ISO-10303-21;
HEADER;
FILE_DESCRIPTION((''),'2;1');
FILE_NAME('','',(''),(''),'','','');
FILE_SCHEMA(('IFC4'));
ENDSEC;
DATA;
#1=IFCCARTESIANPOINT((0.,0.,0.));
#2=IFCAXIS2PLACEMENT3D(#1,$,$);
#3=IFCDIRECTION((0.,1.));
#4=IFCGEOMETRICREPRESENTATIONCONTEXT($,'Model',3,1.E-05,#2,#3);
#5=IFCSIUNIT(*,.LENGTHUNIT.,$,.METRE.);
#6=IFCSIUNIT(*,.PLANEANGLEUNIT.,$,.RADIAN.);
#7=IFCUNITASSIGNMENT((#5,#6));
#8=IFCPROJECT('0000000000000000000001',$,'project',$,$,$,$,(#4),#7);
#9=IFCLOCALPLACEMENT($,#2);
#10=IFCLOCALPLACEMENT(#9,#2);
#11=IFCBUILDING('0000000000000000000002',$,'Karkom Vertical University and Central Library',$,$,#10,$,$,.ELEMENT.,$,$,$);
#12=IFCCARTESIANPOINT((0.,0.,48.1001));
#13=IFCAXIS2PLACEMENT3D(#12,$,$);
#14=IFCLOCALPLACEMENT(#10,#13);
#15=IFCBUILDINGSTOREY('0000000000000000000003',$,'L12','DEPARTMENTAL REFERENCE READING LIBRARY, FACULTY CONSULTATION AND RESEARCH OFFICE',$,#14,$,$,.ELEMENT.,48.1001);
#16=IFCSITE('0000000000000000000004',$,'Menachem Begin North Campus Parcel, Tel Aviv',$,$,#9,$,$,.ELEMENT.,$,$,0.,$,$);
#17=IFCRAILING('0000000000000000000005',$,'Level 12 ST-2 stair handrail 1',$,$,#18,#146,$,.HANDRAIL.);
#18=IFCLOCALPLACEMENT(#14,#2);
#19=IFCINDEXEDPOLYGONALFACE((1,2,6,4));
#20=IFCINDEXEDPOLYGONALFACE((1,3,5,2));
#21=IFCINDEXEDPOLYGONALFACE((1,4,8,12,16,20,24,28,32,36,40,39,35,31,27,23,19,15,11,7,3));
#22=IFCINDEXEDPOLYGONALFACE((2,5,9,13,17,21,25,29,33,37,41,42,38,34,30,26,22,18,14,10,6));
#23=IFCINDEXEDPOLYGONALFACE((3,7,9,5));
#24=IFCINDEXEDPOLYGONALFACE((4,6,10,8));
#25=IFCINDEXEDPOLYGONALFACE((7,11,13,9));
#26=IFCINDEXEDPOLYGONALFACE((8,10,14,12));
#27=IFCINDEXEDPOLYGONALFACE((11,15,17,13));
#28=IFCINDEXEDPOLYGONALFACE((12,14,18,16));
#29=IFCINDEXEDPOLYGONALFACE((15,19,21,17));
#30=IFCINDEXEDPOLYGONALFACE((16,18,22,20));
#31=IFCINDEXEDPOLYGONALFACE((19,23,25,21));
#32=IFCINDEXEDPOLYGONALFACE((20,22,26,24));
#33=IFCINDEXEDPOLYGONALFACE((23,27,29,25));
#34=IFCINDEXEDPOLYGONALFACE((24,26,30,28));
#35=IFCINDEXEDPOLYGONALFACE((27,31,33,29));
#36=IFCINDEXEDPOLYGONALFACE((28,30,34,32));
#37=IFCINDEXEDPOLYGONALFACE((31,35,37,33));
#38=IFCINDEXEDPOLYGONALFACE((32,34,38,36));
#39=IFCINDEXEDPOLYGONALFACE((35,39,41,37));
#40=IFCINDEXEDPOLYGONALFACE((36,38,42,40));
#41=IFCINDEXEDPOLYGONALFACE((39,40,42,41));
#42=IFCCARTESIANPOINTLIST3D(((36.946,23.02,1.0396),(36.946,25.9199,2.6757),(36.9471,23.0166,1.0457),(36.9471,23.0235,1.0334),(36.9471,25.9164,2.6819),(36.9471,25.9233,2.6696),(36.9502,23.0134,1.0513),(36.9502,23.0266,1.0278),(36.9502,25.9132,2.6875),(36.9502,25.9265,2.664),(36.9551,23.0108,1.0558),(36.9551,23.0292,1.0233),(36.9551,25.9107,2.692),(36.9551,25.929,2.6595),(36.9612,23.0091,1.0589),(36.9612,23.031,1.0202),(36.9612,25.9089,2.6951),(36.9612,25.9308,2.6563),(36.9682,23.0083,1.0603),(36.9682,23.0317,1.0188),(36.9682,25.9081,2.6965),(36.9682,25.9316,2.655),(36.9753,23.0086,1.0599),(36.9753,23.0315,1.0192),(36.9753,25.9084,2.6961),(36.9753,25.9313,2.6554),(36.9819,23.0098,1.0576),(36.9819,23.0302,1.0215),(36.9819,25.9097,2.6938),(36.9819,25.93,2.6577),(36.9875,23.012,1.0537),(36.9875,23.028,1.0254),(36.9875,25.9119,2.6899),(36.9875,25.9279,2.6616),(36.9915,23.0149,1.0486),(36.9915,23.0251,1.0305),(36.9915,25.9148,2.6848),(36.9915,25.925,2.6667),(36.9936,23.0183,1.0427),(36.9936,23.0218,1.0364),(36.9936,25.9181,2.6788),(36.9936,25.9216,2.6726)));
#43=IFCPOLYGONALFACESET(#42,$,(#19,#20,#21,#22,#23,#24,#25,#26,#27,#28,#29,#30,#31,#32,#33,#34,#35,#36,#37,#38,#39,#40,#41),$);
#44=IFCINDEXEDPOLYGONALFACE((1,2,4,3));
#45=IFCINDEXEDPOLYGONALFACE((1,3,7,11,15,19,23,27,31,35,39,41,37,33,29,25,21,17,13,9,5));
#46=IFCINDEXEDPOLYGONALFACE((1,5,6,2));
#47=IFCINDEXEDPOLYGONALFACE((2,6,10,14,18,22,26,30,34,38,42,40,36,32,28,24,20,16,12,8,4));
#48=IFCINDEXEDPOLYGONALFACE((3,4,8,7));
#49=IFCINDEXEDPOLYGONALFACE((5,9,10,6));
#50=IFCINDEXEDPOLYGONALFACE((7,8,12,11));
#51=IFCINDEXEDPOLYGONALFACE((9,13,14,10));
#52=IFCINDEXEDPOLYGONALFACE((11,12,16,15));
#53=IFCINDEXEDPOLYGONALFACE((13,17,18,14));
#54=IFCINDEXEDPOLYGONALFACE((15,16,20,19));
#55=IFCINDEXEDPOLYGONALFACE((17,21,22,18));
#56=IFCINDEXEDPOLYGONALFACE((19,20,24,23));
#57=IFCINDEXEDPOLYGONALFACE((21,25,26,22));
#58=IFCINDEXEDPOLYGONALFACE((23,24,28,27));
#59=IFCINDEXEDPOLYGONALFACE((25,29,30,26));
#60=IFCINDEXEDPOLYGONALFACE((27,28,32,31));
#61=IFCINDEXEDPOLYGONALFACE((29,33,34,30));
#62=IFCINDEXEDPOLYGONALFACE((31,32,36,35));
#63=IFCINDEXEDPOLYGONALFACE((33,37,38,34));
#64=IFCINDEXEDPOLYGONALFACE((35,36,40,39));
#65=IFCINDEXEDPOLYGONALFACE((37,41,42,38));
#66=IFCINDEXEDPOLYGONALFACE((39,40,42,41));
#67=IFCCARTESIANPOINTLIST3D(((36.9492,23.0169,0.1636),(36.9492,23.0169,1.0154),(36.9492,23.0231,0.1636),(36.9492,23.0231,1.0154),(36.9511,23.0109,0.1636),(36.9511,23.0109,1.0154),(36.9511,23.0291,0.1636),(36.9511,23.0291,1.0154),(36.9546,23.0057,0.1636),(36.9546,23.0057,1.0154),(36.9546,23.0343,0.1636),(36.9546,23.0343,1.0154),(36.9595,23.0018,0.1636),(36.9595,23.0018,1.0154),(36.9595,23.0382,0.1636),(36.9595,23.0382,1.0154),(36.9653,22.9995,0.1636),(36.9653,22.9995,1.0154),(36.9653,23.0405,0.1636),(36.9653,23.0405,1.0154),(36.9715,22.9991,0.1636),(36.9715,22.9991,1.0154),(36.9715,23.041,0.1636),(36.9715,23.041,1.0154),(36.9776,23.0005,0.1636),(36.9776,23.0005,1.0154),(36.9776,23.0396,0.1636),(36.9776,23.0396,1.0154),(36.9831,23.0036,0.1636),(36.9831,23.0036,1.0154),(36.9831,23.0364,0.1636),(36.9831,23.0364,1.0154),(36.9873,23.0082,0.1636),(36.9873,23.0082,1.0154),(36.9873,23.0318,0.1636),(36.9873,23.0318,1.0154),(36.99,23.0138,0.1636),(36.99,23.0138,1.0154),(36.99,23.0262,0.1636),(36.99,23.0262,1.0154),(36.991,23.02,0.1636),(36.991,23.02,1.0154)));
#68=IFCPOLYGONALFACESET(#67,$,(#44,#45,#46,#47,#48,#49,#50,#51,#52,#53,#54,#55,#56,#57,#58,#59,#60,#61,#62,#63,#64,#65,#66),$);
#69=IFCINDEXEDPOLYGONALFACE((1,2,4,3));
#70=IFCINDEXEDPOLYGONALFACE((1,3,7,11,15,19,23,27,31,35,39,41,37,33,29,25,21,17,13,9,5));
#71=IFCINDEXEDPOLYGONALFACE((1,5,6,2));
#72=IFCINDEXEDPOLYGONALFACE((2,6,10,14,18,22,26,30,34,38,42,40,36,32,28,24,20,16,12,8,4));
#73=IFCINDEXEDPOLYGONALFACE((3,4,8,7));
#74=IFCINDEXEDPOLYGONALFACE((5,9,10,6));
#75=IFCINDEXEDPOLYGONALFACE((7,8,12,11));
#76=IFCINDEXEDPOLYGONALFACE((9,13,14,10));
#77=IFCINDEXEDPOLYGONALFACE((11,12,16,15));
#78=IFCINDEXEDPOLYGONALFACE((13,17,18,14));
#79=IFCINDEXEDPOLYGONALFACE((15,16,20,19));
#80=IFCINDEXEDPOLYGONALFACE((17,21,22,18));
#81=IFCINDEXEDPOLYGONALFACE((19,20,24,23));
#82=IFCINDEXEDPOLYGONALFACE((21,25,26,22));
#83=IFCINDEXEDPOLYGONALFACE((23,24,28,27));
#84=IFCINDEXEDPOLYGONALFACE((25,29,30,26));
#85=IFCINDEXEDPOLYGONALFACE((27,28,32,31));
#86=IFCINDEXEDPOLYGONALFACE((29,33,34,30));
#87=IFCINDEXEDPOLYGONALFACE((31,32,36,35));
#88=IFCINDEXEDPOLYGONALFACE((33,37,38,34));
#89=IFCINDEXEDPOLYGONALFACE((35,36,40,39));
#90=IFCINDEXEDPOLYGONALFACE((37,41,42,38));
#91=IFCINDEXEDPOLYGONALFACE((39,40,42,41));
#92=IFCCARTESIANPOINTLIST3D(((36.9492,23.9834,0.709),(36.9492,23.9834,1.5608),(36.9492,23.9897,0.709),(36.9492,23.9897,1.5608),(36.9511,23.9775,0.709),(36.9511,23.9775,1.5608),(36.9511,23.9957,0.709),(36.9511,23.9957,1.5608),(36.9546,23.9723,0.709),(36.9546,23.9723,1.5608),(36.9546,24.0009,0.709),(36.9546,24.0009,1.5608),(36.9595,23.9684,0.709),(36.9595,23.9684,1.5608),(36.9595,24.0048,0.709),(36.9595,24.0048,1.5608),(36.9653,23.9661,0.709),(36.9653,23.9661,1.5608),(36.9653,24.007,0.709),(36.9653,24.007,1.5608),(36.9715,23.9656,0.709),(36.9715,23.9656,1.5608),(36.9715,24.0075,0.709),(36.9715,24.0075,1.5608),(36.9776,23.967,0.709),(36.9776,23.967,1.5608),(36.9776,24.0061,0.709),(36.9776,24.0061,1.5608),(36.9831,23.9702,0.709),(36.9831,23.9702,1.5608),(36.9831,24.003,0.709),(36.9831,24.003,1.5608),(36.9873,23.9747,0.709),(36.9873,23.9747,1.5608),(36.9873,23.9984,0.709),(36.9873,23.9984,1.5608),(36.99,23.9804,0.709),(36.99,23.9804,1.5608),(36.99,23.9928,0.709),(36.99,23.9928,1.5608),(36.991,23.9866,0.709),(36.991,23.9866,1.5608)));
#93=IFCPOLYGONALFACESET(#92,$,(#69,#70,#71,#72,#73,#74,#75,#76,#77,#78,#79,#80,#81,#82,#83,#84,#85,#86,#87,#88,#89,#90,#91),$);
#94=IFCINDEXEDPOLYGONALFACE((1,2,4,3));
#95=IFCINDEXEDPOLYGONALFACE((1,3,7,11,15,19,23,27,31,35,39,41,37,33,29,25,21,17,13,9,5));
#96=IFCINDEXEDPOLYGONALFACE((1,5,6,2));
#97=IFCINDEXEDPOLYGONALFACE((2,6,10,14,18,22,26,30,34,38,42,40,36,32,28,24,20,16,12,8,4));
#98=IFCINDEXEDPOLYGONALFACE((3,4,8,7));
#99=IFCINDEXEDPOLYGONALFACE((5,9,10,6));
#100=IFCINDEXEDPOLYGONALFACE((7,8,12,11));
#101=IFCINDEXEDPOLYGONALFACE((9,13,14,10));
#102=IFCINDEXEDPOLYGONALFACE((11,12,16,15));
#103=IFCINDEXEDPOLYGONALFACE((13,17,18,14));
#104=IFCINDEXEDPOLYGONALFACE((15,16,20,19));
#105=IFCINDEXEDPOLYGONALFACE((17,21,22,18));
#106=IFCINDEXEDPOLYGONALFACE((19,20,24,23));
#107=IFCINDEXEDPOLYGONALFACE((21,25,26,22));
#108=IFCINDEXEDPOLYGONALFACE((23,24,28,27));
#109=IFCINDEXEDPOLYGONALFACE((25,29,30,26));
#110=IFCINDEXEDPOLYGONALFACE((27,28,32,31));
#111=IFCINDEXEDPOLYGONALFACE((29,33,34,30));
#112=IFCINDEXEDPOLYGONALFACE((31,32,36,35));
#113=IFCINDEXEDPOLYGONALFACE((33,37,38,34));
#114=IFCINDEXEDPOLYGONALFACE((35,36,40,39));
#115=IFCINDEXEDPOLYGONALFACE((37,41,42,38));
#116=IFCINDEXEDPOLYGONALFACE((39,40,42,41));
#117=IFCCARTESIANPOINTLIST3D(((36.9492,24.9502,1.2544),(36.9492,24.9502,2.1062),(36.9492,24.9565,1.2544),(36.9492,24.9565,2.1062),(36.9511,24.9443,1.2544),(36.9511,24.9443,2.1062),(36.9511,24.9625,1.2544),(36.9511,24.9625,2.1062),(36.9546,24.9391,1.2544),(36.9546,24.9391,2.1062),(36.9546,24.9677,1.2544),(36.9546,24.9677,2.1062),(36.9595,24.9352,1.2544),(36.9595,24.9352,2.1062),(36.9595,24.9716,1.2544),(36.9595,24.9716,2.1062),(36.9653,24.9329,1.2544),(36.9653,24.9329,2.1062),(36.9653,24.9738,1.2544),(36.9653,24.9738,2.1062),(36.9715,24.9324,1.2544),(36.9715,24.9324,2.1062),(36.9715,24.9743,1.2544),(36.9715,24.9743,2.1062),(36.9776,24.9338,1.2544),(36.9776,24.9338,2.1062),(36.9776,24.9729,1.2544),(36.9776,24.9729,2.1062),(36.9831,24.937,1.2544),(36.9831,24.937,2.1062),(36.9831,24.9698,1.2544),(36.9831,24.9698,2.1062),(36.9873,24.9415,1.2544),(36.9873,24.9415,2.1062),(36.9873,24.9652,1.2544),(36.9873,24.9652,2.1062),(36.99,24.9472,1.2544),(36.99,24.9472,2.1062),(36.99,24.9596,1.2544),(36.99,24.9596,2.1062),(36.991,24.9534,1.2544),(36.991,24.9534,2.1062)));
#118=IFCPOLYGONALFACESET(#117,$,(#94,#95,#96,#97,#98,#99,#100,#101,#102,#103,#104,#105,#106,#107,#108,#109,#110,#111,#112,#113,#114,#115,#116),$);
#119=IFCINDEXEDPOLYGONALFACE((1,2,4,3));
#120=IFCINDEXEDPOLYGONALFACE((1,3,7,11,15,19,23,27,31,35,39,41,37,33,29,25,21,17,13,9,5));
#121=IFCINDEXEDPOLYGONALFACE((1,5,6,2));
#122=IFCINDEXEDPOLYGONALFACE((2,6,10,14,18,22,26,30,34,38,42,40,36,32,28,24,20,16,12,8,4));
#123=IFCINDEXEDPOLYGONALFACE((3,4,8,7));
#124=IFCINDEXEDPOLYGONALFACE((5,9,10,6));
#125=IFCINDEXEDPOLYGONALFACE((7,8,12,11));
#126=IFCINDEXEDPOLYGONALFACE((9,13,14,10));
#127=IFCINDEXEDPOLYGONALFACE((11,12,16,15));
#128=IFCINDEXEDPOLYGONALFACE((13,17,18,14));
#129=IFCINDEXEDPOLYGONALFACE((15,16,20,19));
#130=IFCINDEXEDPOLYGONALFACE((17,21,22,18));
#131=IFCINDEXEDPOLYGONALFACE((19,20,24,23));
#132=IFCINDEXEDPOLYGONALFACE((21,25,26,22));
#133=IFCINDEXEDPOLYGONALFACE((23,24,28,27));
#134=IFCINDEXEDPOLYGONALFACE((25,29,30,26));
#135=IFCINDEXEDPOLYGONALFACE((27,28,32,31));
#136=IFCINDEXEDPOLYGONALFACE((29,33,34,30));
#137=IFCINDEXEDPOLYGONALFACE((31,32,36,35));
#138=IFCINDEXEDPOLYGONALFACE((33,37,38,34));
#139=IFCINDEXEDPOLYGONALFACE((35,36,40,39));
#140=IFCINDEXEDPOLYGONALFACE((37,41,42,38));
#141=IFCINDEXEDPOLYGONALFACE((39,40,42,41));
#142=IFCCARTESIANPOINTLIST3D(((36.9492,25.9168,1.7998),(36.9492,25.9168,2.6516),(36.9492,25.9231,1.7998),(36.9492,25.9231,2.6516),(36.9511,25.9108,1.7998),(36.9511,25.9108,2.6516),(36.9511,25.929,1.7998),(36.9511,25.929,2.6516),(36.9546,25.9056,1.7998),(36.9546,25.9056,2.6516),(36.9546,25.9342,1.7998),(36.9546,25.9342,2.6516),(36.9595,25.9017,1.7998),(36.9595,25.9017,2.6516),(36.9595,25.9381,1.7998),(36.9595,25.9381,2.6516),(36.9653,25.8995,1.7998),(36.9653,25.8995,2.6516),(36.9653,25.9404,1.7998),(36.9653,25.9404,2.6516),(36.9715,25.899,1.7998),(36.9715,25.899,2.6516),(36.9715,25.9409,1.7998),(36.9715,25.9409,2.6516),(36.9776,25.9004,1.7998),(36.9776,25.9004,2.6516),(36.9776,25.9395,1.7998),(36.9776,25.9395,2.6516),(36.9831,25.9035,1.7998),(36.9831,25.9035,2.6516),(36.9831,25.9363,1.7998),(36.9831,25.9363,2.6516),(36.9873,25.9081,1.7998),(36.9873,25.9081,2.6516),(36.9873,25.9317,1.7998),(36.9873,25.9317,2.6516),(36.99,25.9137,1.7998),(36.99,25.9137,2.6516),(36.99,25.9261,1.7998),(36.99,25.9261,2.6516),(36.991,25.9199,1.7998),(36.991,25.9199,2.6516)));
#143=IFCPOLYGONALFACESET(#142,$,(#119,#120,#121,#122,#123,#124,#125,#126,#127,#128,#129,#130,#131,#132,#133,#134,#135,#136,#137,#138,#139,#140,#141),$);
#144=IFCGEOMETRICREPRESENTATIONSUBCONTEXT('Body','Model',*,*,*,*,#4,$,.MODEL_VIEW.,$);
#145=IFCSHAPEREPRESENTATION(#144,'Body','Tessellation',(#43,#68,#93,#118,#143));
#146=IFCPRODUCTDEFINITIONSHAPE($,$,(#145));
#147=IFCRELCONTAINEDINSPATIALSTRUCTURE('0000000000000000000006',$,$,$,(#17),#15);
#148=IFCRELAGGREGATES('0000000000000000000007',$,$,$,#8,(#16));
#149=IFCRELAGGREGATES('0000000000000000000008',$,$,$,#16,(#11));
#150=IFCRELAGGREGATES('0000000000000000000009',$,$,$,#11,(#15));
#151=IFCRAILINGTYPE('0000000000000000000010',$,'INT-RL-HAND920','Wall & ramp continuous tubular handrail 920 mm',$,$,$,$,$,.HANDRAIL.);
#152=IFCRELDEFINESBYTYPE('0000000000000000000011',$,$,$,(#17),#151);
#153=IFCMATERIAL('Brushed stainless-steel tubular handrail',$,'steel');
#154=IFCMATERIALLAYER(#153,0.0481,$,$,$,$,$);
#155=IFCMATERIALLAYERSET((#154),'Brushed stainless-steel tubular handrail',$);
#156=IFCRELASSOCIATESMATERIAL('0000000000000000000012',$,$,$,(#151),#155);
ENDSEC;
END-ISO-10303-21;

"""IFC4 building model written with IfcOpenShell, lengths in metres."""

from ifc_helpers import new_model, si_unit, direction, frame, origin, origin_2d, place, context, subcontext, project, spatial, circle, extrude, material, layer, layer_set, type_object, element, save


model = new_model("IFC4")

# Units and contexts
model_context = context("Model", 3, precision=1e-05, world=origin(), true_north=direction((0.0, 1.0)))
body_context = subcontext(model_context, "Body", "Model", "MODEL_VIEW")
ifc_project = project(units=[si_unit("LENGTHUNIT", "METRE"), si_unit("PLANEANGLEUNIT", "RADIAN")], contexts=[model_context])

# Site, building, storey
site_placement = place(None, origin())
site = spatial("IfcSite", under=ifc_project, at=site_placement, Name="Menachem Begin North Campus Parcel, Tel Aviv", CompositionType="ELEMENT", RefElevation=0.0)
building_placement = place(site_placement, origin())
building = spatial("IfcBuilding", under=site, at=building_placement, Name="Karkom Vertical University and Central Library", CompositionType="ELEMENT")
storey_placement = place(building_placement, frame((0.0, 0.0, 48.1001)))
storey = spatial("IfcBuildingStorey", under=building, at=storey_placement, Name="L12", Description="DEPARTMENTAL REFERENCE READING LIBRARY, FACULTY CONSULTATION AND RESEARCH OFFICE", CompositionType="ELEMENT", Elevation=48.1001)

# Railing
ifc_material_1 = material(Name="Brushed stainless-steel tubular handrail", Category="steel")
ifc_layer_1 = layer(ifc_material_1, 0.0481)
ifc_layer_set_1 = layer_set([ifc_layer_1], Name="Brushed stainless-steel tubular handrail")
railing_type_1 = type_object("IfcRailingType", Name="INT-RL-HAND920", Description="Wall & ramp continuous tubular handrail 920 mm", PredefinedType="HANDRAIL", material=ifc_layer_set_1)
railing_1_placement = place(storey_placement, frame((36.97, 23.02, 0.1636)))
element("IfcRailing", 1, at=railing_1_placement, inside=storey, type_object=railing_type_1, Name="Level 12 ST-2 stair handrail 1", PredefinedType="HANDRAIL", context=body_context, shape_type="SweptSolid", body=[
    extrude(circle(Radius=0.0239, at=origin_2d()), frame((0.0, 0.0, 0.876), z_axis=(0.0, 0.870929, 0.49141), x_axis=(-1.0, 0.0, 0.0)), (0.0, 0.0, 1.0), 3.3296),
    extrude(circle(Radius=0.021, at=origin_2d()), origin(), (0.0, 0.0, 1.0), 0.8518),
    extrude(circle(Radius=0.021, at=origin_2d()), frame((0.0, 0.9666, 0.5454)), (0.0, 0.0, 1.0), 0.8518),
    extrude(circle(Radius=0.021, at=origin_2d()), frame((0.0, 1.9333, 1.0908)), (0.0, 0.0, 1.0), 0.8518),
    extrude(circle(Radius=0.021, at=origin_2d()), frame((0.0, 2.8999, 1.6362)), (0.0, 0.0, 1.0), 0.8518),
])

save(model, "model.ifc")
